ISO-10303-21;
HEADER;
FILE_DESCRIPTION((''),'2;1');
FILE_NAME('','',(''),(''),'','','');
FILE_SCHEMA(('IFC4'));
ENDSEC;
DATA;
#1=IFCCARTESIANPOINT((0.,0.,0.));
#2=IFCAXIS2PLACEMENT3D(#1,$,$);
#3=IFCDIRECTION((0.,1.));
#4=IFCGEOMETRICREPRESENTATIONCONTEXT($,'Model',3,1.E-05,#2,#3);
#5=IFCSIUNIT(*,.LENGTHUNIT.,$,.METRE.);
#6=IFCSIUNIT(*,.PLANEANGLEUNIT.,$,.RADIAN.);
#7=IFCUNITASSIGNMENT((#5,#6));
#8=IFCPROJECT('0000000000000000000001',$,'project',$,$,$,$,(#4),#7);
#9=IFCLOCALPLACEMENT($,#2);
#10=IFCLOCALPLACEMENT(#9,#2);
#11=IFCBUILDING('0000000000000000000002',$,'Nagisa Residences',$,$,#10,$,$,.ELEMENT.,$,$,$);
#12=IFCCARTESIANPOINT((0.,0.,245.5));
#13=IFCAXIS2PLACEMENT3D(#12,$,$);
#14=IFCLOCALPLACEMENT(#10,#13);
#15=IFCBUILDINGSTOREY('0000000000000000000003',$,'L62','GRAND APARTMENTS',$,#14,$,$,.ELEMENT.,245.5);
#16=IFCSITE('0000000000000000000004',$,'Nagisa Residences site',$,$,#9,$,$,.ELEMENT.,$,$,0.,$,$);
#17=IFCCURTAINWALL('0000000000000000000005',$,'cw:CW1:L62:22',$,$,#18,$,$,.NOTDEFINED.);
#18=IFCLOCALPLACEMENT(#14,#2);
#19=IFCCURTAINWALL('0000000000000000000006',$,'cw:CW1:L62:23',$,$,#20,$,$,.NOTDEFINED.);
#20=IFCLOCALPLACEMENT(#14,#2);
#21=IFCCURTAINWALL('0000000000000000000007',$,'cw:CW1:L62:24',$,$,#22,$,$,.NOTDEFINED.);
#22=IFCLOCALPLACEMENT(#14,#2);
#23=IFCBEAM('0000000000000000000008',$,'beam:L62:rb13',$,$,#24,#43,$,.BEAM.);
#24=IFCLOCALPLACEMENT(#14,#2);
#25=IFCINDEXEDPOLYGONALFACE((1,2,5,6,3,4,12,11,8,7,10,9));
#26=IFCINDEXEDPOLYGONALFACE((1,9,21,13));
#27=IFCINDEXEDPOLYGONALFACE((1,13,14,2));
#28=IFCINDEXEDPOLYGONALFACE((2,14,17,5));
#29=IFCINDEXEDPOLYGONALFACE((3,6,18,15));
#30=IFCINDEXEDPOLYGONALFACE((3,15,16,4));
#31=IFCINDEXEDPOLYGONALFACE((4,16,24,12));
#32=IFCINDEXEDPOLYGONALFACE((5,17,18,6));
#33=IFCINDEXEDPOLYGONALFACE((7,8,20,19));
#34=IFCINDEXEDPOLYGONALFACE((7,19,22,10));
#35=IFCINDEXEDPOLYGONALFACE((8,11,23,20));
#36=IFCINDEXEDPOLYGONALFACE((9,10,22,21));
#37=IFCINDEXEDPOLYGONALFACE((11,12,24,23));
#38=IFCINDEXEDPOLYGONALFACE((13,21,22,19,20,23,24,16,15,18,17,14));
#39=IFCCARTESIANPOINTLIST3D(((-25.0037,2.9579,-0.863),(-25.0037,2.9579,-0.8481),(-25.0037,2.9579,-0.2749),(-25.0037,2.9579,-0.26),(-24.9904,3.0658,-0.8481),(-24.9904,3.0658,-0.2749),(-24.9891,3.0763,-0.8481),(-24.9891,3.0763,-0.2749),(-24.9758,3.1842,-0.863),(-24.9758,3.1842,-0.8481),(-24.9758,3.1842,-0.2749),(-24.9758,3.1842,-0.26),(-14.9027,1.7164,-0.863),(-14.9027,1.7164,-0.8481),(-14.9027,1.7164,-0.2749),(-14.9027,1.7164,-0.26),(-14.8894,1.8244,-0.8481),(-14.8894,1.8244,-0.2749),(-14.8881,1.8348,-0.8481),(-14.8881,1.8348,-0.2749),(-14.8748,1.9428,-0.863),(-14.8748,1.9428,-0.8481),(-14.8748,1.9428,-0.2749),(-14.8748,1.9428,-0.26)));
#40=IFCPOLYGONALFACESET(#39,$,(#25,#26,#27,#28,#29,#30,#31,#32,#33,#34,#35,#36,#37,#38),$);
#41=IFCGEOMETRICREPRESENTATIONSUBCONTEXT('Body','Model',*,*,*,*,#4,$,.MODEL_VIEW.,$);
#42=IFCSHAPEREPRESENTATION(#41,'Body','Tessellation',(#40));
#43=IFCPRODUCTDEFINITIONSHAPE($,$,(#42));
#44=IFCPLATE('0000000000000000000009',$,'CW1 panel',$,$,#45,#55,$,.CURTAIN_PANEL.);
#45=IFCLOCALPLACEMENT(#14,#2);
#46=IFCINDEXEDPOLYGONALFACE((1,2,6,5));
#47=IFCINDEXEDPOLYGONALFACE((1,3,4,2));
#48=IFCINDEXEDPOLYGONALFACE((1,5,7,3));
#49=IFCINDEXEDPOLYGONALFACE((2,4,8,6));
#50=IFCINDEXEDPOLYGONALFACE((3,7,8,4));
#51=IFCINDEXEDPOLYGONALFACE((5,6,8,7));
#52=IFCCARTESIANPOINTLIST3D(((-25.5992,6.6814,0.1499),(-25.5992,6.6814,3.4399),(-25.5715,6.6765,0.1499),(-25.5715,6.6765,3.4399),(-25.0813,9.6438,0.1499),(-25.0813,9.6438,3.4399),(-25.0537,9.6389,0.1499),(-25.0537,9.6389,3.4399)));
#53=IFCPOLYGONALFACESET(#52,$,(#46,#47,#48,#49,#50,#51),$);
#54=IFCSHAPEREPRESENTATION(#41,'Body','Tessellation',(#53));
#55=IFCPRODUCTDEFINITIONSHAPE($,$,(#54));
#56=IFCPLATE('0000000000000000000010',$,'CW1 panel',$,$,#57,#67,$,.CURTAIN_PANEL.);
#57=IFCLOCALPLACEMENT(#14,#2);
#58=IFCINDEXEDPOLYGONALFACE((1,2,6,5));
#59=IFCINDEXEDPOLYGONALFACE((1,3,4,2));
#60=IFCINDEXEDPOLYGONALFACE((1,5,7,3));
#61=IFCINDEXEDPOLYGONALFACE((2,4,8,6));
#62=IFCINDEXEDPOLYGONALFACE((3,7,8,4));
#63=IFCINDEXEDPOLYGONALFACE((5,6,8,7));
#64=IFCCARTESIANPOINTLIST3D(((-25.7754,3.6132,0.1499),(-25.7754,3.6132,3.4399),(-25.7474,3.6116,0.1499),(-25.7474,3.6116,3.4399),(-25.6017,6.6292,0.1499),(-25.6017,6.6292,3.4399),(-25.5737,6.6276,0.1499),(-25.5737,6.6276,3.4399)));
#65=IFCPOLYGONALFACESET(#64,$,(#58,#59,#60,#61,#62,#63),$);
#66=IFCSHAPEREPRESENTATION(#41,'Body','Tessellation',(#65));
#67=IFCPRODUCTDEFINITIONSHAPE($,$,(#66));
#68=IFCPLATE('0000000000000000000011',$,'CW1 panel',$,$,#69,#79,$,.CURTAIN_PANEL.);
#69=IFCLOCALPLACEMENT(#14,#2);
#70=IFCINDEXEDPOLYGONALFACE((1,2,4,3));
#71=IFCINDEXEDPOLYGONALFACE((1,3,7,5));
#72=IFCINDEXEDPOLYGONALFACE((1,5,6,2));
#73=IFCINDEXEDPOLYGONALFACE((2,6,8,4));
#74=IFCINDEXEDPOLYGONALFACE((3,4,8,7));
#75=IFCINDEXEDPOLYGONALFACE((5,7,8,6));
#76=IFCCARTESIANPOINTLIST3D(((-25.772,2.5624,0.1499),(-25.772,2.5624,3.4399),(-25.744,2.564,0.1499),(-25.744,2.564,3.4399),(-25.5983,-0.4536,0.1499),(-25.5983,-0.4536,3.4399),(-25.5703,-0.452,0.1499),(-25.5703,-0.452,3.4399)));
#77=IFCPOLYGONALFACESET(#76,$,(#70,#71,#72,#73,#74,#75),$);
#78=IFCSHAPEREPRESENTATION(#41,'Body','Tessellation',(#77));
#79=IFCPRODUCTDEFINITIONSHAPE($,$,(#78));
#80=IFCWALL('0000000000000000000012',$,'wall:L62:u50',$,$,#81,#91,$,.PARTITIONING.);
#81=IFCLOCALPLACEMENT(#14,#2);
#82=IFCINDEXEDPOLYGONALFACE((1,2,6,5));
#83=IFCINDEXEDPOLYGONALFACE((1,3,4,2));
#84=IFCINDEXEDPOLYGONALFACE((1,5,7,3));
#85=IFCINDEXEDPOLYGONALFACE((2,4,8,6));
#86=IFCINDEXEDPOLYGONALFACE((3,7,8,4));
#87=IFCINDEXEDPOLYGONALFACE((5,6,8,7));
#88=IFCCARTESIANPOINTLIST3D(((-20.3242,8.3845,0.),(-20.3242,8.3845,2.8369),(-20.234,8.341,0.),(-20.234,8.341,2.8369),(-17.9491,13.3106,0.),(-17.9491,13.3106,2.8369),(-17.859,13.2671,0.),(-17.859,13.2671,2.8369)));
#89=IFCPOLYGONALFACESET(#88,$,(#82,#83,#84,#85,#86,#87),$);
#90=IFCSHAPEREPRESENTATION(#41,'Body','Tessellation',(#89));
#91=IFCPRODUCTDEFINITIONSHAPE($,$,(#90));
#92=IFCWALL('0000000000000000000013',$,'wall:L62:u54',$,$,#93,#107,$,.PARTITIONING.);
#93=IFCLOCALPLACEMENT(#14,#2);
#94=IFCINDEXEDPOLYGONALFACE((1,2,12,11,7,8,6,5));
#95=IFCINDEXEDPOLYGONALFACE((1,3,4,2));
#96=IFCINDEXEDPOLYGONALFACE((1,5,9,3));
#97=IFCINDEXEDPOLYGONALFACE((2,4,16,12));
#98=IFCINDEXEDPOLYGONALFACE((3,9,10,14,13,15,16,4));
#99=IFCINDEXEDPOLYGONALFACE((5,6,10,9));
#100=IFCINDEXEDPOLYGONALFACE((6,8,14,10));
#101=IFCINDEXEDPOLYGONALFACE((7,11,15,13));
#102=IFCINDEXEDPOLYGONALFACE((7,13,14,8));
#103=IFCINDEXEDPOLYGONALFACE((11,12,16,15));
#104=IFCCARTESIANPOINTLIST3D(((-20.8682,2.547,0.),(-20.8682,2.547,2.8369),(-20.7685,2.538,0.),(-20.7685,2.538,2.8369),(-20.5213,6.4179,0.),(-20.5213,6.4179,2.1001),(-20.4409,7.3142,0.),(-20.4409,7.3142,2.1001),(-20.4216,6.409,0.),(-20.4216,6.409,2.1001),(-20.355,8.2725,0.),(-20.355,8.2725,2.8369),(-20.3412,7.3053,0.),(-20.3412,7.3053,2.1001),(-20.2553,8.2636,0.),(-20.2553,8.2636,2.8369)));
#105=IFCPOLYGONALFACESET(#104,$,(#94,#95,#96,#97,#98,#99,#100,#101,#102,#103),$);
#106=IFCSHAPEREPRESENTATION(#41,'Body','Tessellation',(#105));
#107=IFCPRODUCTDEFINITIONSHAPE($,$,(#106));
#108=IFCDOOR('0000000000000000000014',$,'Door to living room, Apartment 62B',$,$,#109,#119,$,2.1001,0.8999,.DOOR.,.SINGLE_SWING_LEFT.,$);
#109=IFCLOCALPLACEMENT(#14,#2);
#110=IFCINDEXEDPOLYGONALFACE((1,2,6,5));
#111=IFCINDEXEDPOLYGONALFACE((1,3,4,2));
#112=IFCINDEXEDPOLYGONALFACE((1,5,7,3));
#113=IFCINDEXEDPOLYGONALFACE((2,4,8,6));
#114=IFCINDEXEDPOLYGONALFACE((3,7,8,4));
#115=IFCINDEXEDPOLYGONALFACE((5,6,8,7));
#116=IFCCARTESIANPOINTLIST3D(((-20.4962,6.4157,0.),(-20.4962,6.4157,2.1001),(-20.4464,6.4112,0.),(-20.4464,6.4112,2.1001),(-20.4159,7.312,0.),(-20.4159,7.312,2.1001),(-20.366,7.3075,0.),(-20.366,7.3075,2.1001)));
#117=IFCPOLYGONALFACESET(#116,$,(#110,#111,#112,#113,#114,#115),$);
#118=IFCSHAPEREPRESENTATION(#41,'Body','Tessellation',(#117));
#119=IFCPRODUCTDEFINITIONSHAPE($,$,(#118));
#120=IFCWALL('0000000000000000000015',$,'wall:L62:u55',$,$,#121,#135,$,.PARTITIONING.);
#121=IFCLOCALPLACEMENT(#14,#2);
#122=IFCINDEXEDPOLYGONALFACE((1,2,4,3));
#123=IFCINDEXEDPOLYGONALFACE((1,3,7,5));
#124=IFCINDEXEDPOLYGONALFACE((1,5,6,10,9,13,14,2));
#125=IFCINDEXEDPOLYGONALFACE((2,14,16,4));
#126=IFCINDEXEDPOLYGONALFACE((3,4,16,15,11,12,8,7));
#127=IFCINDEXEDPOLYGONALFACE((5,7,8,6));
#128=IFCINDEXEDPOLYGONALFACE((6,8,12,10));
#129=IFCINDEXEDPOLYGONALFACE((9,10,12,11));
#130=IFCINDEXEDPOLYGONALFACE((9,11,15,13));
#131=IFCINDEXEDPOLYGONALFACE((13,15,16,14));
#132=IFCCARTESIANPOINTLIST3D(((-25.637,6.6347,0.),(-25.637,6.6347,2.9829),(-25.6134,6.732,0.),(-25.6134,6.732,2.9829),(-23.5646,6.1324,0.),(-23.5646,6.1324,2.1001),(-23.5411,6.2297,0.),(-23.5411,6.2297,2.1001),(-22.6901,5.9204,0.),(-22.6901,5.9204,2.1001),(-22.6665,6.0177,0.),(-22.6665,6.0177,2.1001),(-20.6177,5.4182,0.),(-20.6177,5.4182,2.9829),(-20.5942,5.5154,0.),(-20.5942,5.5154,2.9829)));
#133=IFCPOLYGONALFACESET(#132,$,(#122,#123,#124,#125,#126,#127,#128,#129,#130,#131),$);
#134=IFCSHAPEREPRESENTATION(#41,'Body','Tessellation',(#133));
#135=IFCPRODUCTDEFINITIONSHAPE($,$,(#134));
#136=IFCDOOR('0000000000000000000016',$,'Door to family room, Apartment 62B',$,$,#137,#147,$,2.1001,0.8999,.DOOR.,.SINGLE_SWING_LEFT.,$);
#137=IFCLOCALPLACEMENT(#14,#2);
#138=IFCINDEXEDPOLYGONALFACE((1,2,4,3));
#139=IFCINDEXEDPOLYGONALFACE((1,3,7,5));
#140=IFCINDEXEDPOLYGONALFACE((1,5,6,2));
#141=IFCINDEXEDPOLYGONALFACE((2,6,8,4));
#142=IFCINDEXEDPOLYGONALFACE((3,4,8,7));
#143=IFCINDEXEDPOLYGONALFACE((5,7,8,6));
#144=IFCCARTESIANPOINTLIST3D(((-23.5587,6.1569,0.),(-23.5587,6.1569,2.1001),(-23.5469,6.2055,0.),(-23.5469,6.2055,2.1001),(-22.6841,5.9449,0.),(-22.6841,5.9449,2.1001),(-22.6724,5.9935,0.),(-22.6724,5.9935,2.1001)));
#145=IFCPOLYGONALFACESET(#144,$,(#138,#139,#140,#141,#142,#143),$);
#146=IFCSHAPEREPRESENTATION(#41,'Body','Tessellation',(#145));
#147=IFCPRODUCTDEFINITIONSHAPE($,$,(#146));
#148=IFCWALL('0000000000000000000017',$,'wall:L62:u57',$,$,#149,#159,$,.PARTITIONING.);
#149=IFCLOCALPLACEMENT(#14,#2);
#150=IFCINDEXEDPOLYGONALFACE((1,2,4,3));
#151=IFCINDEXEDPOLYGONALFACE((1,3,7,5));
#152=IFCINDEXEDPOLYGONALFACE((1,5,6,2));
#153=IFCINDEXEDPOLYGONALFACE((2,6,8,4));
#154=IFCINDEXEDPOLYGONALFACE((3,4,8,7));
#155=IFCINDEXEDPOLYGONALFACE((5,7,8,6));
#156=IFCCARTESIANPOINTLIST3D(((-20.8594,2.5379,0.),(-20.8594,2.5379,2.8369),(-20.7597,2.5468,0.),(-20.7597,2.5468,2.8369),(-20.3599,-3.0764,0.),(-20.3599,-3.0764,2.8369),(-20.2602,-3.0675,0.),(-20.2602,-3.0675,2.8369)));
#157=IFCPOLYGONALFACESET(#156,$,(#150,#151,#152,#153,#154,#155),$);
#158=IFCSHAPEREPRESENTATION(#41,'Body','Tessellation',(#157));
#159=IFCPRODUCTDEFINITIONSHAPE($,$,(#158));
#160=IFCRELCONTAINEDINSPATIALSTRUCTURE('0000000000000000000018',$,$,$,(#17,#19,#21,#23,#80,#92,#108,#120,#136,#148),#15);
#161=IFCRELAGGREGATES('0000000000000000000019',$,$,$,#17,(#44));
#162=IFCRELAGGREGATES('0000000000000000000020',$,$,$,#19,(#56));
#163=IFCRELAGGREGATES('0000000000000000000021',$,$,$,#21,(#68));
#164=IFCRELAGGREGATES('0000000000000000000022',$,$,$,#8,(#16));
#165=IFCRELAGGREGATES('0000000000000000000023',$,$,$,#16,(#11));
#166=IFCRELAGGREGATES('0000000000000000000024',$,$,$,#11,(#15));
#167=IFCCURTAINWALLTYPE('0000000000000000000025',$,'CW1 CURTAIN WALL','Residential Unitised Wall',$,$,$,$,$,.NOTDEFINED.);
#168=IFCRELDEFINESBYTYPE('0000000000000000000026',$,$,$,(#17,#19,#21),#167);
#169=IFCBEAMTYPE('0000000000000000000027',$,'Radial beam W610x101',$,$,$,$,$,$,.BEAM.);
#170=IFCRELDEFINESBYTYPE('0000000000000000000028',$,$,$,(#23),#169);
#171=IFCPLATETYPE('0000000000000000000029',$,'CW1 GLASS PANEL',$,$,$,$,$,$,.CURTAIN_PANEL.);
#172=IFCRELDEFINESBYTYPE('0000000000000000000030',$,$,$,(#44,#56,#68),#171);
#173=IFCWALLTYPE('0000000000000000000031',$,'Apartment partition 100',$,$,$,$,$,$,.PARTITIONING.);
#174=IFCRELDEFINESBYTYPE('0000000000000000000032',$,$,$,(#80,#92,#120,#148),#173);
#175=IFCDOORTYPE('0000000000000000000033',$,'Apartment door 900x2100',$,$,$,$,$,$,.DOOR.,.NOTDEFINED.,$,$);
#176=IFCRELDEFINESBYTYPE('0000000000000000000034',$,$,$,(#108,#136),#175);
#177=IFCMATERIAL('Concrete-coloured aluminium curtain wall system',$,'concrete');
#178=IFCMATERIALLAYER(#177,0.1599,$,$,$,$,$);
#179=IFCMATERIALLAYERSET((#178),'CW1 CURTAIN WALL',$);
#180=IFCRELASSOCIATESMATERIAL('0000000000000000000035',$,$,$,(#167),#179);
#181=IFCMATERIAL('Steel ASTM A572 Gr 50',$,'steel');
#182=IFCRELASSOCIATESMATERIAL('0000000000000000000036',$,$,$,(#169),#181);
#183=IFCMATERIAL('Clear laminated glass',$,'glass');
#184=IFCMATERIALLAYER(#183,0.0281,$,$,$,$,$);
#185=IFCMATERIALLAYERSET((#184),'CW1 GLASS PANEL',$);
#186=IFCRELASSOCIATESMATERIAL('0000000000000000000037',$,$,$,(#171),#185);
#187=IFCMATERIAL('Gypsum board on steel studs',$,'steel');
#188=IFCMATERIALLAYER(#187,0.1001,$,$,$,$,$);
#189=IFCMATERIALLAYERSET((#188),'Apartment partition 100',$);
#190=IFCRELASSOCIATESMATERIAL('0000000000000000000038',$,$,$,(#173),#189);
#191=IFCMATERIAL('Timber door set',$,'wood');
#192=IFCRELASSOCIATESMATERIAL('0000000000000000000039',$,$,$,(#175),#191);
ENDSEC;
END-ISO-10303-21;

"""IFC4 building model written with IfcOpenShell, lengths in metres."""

from ifc_helpers import new_model, si_unit, direction, frame, frame_2d, origin, origin_2d, place, context, subcontext, project, spatial, rectangle, i_section, extrude, material, layer, layer_set, material_profile, profile_set, type_object, element, fill, aggregate, save


model = new_model("IFC4")

# Units and contexts
model_context = context("Model", 3, precision=1e-05, world=origin(), true_north=direction((0.0, 1.0)))
body_context = subcontext(model_context, "Body", "Model", "MODEL_VIEW")
ifc_project = project(units=[si_unit("LENGTHUNIT", "METRE"), si_unit("PLANEANGLEUNIT", "RADIAN")], contexts=[model_context])

# Site, building, storey
site_placement = place(None, origin())
site = spatial("IfcSite", under=ifc_project, at=site_placement, Name="Nagisa Residences site", CompositionType="ELEMENT", RefElevation=0.0)
building_placement = place(site_placement, origin())
building = spatial("IfcBuilding", under=site, at=building_placement, Name="Nagisa Residences", CompositionType="ELEMENT")
storey_placement = place(building_placement, frame((0.0, 0.0, 245.5)))
storey = spatial("IfcBuildingStorey", under=building, at=storey_placement, Name="L62", Description="GRAND APARTMENTS", CompositionType="ELEMENT", Elevation=245.5)

# Curtain walls
ifc_material_1 = material(Name="Concrete-coloured aluminium curtain wall system", Category="concrete")
ifc_layer_1 = layer(ifc_material_1, 0.1599)
ifc_layer_set_1 = layer_set([ifc_layer_1], Name="CW1 CURTAIN WALL")
curtain_wall_type = type_object("IfcCurtainWallType", Name="CW1 CURTAIN WALL", Description="Residential Unitised Wall", PredefinedType="NOTDEFINED", material=ifc_layer_set_1)
curtain_wall_1_placement = place(storey_placement, origin())
curtain_wall_1 = element("IfcCurtainWall", 1, at=curtain_wall_1_placement, inside=storey, type_object=curtain_wall_type, Name="cw:CW1:L62:22", PredefinedType="NOTDEFINED")
curtain_wall_2_placement = place(storey_placement, origin())
curtain_wall_2 = element("IfcCurtainWall", 2, at=curtain_wall_2_placement, inside=storey, type_object=curtain_wall_type, Name="cw:CW1:L62:23", PredefinedType="NOTDEFINED")
curtain_wall_3_placement = place(storey_placement, origin())
curtain_wall_3 = element("IfcCurtainWall", 3, at=curtain_wall_3_placement, inside=storey, type_object=curtain_wall_type, Name="cw:CW1:L62:24", PredefinedType="NOTDEFINED")

# Beam
ifc_material_2 = material(Name="Steel ASTM A572 Gr 50", Category="steel")
ifc_material_profile_1 = material_profile(ifc_material_2, i_section(OverallWidth=0.228, OverallDepth=0.603, WebThickness=0.0105, FlangeThickness=0.0149, at=origin_2d()), Name="W610x101")
ifc_profile_set_1 = profile_set([ifc_material_profile_1], Name="Steel ASTM A572 Gr 50")
beam_type_1 = type_object("IfcBeamType", Name="Radial beam W610x101", PredefinedType="BEAM", material=ifc_profile_set_1)
beam_1_placement = place(storey_placement, frame((-24.9897, 3.071, -0.5615), z_axis=(0.992532, -0.121985, 0.0), x_axis=(0.121985, 0.992532, 0.0)))
element("IfcBeam", 4, at=beam_1_placement, inside=storey, type_object=beam_type_1, Name="beam:L62:rb13", PredefinedType="BEAM", context=body_context, shape_type="SweptSolid", body=[
    extrude(i_section(OverallWidth=0.228, OverallDepth=0.603, WebThickness=0.0105, FlangeThickness=0.0149, at=origin_2d()), origin(), (0.0, 0.0, 1.0), 10.177),
])

# Plates
ifc_material_3 = material(Name="Clear laminated glass", Category="glass")
ifc_layer_2 = layer(ifc_material_3, 0.0281)
ifc_layer_set_2 = layer_set([ifc_layer_2], Name="CW1 GLASS PANEL")
plate_type = type_object("IfcPlateType", Name="CW1 GLASS PANEL", PredefinedType="CURTAIN_PANEL", material=ifc_layer_set_2)
plate_1_placement = place(storey_placement, frame((-25.3264, 8.1602, 0.1499), z_axis=(0.0, 0.0, 1.0), x_axis=(-0.172191, -0.985064, 0.0)))
plate_1 = element("IfcPlate", 5, at=plate_1_placement, type_object=plate_type, Name="CW1 panel", PredefinedType="CURTAIN_PANEL", context=body_context, shape_type="SweptSolid", body=[
    extrude(rectangle(XDim=3.0073, YDim=0.0281, at=origin_2d()), origin(), (0.0, 0.0, 1.0), 3.29),
])
aggregate(curtain_wall_1, [plate_1])
plate_2_placement = place(storey_placement, frame((-25.6746, 5.1204, 0.1499), z_axis=(0.0, 0.0, 1.0), x_axis=(-0.057503, -0.998345, 0.0)))
plate_2 = element("IfcPlate", 6, at=plate_2_placement, type_object=plate_type, Name="CW1 panel", PredefinedType="CURTAIN_PANEL", context=body_context, shape_type="SweptSolid", body=[
    extrude(rectangle(XDim=3.021, YDim=0.0281, at=origin_2d()), origin(), (0.0, 0.0, 1.0), 3.29),
])
aggregate(curtain_wall_2, [plate_2])
plate_3_placement = place(storey_placement, frame((-25.6711, 1.0552, 0.1499), z_axis=(0.0, 0.0, 1.0), x_axis=(0.057503, -0.998345, 0.0)))
plate_3 = element("IfcPlate", 7, at=plate_3_placement, type_object=plate_type, Name="CW1 panel", PredefinedType="CURTAIN_PANEL", context=body_context, shape_type="SweptSolid", body=[
    extrude(rectangle(XDim=3.021, YDim=0.0281, at=origin_2d()), origin(), (0.0, 0.0, 1.0), 3.29),
])
aggregate(curtain_wall_3, [plate_3])

# Wall
ifc_material_4 = material(Name="Gypsum board on steel studs", Category="steel")
ifc_layer_3 = layer(ifc_material_4, 0.1001)
ifc_layer_set_3 = layer_set([ifc_layer_3], Name="Apartment partition 100")
wall_type_1 = type_object("IfcWallType", Name="Apartment partition 100", PredefinedType="PARTITIONING", material=ifc_layer_set_3)
wall_1_placement = place(storey_placement, frame((-17.9041, 13.2888, 0.0), z_axis=(0.0, 0.0, 1.0), x_axis=(-0.434292, -0.900772, 0.0)))
element("IfcWall", 8, at=wall_1_placement, inside=storey, type_object=wall_type_1, Name="wall:L62:u50", PredefinedType="PARTITIONING", context=body_context, shape_type="SweptSolid", body=[
    extrude(rectangle(XDim=5.4688, YDim=0.1001, at=frame_2d((2.7344, 0.0))), origin(), (0.0, 0.0, 1.0), 2.8369),
])

# Walls, openings, doors
wall_2_placement = place(storey_placement, frame((-20.3052, 8.2681, 0.0), z_axis=(0.0, 0.0, 1.0), x_axis=(-0.089272, -0.996007, 0.0)))
wall_2 = element("IfcWall", 9, at=wall_2_placement, inside=storey, type_object=wall_type_1, Name="wall:L62:u54", PredefinedType="PARTITIONING", context=body_context, shape_type="SweptSolid", body=[
    extrude(rectangle(XDim=5.7485, YDim=0.1001, at=frame_2d((2.8743, 0.0))), origin(), (0.0, 0.0, 1.0), 2.8369),
])
opening_1_placement = place(wall_2_placement, frame((0.9622, 0.0, 0.0)))
opening_1 = element("IfcOpeningElement", 10, at=opening_1_placement, cuts=wall_2, PredefinedType="OPENING", context=body_context, shape_type="SweptSolid", body=[
    extrude(rectangle(XDim=0.8999, YDim=2.1001, at=frame_2d((0.45, 1.05))), frame((0.0, 0.0601, 0.0), z_axis=(0.0, -1.0, 0.0), x_axis=(1.0, 0.0, 0.0)), (0.0, 0.0, 1.0), 0.1201),
])
ifc_material_5 = material(Name="Timber door set", Category="wood")
door_type_1 = type_object("IfcDoorType", Name="Apartment door 900x2100", OperationType="NOTDEFINED", PredefinedType="DOOR", material=ifc_material_5)
door_1_placement = place(opening_1_placement, frame((0.8999, 0.0, 0.0), x_axis=(-1.0, 0.0, 0.0)))
door_1 = element("IfcDoor", 11, at=door_1_placement, inside=storey, type_object=door_type_1, Name="Door to living room, Apartment 62B", OperationType="SINGLE_SWING_LEFT", OverallHeight=2.1001, OverallWidth=0.8999, PredefinedType="DOOR", context=body_context, shape_type="SweptSolid", body=[
    extrude(rectangle(XDim=0.8999, YDim=2.1001, at=frame_2d((0.45, 1.05))), frame((0.0, 0.0249, 0.0), z_axis=(0.0, -1.0, 0.0), x_axis=(1.0, 0.0, 0.0)), (0.0, 0.0, 1.0), 0.05),
])
fill(opening_1, door_1)
wall_3_placement = place(storey_placement, frame((-20.606, 5.4668, 0.0), z_axis=(0.0, 0.0, 1.0), x_axis=(-0.971861, 0.235555, 0.0)))
wall_3 = element("IfcWall", 12, at=wall_3_placement, inside=storey, type_object=wall_type_1, Name="wall:L62:u55", PredefinedType="PARTITIONING", context=body_context, shape_type="SweptSolid", body=[
    extrude(rectangle(XDim=5.1646, YDim=0.1001, at=frame_2d((2.5823, 0.0))), origin(), (0.0, 0.0, 1.0), 2.9829),
])
opening_2_placement = place(wall_3_placement, frame((2.1323, 0.0, 0.0)))
opening_2 = element("IfcOpeningElement", 13, at=opening_2_placement, cuts=wall_3, PredefinedType="OPENING", context=body_context, shape_type="SweptSolid", body=[
    extrude(rectangle(XDim=0.8999, YDim=2.1001, at=frame_2d((0.45, 1.05))), frame((0.0, 0.0601, 0.0), z_axis=(0.0, -1.0, 0.0), x_axis=(1.0, 0.0, 0.0)), (0.0, 0.0, 1.0), 0.1201),
])
door_2_placement = place(opening_2_placement, origin())
door_2 = element("IfcDoor", 14, at=door_2_placement, inside=storey, type_object=door_type_1, Name="Door to family room, Apartment 62B", OperationType="SINGLE_SWING_LEFT", OverallHeight=2.1001, OverallWidth=0.8999, PredefinedType="DOOR", context=body_context, shape_type="SweptSolid", body=[
    extrude(rectangle(XDim=0.8999, YDim=2.1001, at=frame_2d((0.45, 1.05))), frame((0.0, 0.0249, 0.0), z_axis=(0.0, -1.0, 0.0), x_axis=(1.0, 0.0, 0.0)), (0.0, 0.0, 1.0), 0.05),
])
fill(opening_2, door_2)

# Wall
wall_4_placement = place(storey_placement, frame((-20.8096, 2.5425, 0.0), z_axis=(0.0, 0.0, 1.0), x_axis=(0.088622, -0.996065, 0.0)))
element("IfcWall", 15, at=wall_4_placement, inside=storey, type_object=wall_type_1, Name="wall:L62:u57", PredefinedType="PARTITIONING", context=body_context, shape_type="SweptSolid", body=[
    extrude(rectangle(XDim=5.6365, YDim=0.1001, at=frame_2d((2.8184, 0.0))), origin(), (0.0, 0.0, 1.0), 2.8369),
])

save(model, "model.ifc")
